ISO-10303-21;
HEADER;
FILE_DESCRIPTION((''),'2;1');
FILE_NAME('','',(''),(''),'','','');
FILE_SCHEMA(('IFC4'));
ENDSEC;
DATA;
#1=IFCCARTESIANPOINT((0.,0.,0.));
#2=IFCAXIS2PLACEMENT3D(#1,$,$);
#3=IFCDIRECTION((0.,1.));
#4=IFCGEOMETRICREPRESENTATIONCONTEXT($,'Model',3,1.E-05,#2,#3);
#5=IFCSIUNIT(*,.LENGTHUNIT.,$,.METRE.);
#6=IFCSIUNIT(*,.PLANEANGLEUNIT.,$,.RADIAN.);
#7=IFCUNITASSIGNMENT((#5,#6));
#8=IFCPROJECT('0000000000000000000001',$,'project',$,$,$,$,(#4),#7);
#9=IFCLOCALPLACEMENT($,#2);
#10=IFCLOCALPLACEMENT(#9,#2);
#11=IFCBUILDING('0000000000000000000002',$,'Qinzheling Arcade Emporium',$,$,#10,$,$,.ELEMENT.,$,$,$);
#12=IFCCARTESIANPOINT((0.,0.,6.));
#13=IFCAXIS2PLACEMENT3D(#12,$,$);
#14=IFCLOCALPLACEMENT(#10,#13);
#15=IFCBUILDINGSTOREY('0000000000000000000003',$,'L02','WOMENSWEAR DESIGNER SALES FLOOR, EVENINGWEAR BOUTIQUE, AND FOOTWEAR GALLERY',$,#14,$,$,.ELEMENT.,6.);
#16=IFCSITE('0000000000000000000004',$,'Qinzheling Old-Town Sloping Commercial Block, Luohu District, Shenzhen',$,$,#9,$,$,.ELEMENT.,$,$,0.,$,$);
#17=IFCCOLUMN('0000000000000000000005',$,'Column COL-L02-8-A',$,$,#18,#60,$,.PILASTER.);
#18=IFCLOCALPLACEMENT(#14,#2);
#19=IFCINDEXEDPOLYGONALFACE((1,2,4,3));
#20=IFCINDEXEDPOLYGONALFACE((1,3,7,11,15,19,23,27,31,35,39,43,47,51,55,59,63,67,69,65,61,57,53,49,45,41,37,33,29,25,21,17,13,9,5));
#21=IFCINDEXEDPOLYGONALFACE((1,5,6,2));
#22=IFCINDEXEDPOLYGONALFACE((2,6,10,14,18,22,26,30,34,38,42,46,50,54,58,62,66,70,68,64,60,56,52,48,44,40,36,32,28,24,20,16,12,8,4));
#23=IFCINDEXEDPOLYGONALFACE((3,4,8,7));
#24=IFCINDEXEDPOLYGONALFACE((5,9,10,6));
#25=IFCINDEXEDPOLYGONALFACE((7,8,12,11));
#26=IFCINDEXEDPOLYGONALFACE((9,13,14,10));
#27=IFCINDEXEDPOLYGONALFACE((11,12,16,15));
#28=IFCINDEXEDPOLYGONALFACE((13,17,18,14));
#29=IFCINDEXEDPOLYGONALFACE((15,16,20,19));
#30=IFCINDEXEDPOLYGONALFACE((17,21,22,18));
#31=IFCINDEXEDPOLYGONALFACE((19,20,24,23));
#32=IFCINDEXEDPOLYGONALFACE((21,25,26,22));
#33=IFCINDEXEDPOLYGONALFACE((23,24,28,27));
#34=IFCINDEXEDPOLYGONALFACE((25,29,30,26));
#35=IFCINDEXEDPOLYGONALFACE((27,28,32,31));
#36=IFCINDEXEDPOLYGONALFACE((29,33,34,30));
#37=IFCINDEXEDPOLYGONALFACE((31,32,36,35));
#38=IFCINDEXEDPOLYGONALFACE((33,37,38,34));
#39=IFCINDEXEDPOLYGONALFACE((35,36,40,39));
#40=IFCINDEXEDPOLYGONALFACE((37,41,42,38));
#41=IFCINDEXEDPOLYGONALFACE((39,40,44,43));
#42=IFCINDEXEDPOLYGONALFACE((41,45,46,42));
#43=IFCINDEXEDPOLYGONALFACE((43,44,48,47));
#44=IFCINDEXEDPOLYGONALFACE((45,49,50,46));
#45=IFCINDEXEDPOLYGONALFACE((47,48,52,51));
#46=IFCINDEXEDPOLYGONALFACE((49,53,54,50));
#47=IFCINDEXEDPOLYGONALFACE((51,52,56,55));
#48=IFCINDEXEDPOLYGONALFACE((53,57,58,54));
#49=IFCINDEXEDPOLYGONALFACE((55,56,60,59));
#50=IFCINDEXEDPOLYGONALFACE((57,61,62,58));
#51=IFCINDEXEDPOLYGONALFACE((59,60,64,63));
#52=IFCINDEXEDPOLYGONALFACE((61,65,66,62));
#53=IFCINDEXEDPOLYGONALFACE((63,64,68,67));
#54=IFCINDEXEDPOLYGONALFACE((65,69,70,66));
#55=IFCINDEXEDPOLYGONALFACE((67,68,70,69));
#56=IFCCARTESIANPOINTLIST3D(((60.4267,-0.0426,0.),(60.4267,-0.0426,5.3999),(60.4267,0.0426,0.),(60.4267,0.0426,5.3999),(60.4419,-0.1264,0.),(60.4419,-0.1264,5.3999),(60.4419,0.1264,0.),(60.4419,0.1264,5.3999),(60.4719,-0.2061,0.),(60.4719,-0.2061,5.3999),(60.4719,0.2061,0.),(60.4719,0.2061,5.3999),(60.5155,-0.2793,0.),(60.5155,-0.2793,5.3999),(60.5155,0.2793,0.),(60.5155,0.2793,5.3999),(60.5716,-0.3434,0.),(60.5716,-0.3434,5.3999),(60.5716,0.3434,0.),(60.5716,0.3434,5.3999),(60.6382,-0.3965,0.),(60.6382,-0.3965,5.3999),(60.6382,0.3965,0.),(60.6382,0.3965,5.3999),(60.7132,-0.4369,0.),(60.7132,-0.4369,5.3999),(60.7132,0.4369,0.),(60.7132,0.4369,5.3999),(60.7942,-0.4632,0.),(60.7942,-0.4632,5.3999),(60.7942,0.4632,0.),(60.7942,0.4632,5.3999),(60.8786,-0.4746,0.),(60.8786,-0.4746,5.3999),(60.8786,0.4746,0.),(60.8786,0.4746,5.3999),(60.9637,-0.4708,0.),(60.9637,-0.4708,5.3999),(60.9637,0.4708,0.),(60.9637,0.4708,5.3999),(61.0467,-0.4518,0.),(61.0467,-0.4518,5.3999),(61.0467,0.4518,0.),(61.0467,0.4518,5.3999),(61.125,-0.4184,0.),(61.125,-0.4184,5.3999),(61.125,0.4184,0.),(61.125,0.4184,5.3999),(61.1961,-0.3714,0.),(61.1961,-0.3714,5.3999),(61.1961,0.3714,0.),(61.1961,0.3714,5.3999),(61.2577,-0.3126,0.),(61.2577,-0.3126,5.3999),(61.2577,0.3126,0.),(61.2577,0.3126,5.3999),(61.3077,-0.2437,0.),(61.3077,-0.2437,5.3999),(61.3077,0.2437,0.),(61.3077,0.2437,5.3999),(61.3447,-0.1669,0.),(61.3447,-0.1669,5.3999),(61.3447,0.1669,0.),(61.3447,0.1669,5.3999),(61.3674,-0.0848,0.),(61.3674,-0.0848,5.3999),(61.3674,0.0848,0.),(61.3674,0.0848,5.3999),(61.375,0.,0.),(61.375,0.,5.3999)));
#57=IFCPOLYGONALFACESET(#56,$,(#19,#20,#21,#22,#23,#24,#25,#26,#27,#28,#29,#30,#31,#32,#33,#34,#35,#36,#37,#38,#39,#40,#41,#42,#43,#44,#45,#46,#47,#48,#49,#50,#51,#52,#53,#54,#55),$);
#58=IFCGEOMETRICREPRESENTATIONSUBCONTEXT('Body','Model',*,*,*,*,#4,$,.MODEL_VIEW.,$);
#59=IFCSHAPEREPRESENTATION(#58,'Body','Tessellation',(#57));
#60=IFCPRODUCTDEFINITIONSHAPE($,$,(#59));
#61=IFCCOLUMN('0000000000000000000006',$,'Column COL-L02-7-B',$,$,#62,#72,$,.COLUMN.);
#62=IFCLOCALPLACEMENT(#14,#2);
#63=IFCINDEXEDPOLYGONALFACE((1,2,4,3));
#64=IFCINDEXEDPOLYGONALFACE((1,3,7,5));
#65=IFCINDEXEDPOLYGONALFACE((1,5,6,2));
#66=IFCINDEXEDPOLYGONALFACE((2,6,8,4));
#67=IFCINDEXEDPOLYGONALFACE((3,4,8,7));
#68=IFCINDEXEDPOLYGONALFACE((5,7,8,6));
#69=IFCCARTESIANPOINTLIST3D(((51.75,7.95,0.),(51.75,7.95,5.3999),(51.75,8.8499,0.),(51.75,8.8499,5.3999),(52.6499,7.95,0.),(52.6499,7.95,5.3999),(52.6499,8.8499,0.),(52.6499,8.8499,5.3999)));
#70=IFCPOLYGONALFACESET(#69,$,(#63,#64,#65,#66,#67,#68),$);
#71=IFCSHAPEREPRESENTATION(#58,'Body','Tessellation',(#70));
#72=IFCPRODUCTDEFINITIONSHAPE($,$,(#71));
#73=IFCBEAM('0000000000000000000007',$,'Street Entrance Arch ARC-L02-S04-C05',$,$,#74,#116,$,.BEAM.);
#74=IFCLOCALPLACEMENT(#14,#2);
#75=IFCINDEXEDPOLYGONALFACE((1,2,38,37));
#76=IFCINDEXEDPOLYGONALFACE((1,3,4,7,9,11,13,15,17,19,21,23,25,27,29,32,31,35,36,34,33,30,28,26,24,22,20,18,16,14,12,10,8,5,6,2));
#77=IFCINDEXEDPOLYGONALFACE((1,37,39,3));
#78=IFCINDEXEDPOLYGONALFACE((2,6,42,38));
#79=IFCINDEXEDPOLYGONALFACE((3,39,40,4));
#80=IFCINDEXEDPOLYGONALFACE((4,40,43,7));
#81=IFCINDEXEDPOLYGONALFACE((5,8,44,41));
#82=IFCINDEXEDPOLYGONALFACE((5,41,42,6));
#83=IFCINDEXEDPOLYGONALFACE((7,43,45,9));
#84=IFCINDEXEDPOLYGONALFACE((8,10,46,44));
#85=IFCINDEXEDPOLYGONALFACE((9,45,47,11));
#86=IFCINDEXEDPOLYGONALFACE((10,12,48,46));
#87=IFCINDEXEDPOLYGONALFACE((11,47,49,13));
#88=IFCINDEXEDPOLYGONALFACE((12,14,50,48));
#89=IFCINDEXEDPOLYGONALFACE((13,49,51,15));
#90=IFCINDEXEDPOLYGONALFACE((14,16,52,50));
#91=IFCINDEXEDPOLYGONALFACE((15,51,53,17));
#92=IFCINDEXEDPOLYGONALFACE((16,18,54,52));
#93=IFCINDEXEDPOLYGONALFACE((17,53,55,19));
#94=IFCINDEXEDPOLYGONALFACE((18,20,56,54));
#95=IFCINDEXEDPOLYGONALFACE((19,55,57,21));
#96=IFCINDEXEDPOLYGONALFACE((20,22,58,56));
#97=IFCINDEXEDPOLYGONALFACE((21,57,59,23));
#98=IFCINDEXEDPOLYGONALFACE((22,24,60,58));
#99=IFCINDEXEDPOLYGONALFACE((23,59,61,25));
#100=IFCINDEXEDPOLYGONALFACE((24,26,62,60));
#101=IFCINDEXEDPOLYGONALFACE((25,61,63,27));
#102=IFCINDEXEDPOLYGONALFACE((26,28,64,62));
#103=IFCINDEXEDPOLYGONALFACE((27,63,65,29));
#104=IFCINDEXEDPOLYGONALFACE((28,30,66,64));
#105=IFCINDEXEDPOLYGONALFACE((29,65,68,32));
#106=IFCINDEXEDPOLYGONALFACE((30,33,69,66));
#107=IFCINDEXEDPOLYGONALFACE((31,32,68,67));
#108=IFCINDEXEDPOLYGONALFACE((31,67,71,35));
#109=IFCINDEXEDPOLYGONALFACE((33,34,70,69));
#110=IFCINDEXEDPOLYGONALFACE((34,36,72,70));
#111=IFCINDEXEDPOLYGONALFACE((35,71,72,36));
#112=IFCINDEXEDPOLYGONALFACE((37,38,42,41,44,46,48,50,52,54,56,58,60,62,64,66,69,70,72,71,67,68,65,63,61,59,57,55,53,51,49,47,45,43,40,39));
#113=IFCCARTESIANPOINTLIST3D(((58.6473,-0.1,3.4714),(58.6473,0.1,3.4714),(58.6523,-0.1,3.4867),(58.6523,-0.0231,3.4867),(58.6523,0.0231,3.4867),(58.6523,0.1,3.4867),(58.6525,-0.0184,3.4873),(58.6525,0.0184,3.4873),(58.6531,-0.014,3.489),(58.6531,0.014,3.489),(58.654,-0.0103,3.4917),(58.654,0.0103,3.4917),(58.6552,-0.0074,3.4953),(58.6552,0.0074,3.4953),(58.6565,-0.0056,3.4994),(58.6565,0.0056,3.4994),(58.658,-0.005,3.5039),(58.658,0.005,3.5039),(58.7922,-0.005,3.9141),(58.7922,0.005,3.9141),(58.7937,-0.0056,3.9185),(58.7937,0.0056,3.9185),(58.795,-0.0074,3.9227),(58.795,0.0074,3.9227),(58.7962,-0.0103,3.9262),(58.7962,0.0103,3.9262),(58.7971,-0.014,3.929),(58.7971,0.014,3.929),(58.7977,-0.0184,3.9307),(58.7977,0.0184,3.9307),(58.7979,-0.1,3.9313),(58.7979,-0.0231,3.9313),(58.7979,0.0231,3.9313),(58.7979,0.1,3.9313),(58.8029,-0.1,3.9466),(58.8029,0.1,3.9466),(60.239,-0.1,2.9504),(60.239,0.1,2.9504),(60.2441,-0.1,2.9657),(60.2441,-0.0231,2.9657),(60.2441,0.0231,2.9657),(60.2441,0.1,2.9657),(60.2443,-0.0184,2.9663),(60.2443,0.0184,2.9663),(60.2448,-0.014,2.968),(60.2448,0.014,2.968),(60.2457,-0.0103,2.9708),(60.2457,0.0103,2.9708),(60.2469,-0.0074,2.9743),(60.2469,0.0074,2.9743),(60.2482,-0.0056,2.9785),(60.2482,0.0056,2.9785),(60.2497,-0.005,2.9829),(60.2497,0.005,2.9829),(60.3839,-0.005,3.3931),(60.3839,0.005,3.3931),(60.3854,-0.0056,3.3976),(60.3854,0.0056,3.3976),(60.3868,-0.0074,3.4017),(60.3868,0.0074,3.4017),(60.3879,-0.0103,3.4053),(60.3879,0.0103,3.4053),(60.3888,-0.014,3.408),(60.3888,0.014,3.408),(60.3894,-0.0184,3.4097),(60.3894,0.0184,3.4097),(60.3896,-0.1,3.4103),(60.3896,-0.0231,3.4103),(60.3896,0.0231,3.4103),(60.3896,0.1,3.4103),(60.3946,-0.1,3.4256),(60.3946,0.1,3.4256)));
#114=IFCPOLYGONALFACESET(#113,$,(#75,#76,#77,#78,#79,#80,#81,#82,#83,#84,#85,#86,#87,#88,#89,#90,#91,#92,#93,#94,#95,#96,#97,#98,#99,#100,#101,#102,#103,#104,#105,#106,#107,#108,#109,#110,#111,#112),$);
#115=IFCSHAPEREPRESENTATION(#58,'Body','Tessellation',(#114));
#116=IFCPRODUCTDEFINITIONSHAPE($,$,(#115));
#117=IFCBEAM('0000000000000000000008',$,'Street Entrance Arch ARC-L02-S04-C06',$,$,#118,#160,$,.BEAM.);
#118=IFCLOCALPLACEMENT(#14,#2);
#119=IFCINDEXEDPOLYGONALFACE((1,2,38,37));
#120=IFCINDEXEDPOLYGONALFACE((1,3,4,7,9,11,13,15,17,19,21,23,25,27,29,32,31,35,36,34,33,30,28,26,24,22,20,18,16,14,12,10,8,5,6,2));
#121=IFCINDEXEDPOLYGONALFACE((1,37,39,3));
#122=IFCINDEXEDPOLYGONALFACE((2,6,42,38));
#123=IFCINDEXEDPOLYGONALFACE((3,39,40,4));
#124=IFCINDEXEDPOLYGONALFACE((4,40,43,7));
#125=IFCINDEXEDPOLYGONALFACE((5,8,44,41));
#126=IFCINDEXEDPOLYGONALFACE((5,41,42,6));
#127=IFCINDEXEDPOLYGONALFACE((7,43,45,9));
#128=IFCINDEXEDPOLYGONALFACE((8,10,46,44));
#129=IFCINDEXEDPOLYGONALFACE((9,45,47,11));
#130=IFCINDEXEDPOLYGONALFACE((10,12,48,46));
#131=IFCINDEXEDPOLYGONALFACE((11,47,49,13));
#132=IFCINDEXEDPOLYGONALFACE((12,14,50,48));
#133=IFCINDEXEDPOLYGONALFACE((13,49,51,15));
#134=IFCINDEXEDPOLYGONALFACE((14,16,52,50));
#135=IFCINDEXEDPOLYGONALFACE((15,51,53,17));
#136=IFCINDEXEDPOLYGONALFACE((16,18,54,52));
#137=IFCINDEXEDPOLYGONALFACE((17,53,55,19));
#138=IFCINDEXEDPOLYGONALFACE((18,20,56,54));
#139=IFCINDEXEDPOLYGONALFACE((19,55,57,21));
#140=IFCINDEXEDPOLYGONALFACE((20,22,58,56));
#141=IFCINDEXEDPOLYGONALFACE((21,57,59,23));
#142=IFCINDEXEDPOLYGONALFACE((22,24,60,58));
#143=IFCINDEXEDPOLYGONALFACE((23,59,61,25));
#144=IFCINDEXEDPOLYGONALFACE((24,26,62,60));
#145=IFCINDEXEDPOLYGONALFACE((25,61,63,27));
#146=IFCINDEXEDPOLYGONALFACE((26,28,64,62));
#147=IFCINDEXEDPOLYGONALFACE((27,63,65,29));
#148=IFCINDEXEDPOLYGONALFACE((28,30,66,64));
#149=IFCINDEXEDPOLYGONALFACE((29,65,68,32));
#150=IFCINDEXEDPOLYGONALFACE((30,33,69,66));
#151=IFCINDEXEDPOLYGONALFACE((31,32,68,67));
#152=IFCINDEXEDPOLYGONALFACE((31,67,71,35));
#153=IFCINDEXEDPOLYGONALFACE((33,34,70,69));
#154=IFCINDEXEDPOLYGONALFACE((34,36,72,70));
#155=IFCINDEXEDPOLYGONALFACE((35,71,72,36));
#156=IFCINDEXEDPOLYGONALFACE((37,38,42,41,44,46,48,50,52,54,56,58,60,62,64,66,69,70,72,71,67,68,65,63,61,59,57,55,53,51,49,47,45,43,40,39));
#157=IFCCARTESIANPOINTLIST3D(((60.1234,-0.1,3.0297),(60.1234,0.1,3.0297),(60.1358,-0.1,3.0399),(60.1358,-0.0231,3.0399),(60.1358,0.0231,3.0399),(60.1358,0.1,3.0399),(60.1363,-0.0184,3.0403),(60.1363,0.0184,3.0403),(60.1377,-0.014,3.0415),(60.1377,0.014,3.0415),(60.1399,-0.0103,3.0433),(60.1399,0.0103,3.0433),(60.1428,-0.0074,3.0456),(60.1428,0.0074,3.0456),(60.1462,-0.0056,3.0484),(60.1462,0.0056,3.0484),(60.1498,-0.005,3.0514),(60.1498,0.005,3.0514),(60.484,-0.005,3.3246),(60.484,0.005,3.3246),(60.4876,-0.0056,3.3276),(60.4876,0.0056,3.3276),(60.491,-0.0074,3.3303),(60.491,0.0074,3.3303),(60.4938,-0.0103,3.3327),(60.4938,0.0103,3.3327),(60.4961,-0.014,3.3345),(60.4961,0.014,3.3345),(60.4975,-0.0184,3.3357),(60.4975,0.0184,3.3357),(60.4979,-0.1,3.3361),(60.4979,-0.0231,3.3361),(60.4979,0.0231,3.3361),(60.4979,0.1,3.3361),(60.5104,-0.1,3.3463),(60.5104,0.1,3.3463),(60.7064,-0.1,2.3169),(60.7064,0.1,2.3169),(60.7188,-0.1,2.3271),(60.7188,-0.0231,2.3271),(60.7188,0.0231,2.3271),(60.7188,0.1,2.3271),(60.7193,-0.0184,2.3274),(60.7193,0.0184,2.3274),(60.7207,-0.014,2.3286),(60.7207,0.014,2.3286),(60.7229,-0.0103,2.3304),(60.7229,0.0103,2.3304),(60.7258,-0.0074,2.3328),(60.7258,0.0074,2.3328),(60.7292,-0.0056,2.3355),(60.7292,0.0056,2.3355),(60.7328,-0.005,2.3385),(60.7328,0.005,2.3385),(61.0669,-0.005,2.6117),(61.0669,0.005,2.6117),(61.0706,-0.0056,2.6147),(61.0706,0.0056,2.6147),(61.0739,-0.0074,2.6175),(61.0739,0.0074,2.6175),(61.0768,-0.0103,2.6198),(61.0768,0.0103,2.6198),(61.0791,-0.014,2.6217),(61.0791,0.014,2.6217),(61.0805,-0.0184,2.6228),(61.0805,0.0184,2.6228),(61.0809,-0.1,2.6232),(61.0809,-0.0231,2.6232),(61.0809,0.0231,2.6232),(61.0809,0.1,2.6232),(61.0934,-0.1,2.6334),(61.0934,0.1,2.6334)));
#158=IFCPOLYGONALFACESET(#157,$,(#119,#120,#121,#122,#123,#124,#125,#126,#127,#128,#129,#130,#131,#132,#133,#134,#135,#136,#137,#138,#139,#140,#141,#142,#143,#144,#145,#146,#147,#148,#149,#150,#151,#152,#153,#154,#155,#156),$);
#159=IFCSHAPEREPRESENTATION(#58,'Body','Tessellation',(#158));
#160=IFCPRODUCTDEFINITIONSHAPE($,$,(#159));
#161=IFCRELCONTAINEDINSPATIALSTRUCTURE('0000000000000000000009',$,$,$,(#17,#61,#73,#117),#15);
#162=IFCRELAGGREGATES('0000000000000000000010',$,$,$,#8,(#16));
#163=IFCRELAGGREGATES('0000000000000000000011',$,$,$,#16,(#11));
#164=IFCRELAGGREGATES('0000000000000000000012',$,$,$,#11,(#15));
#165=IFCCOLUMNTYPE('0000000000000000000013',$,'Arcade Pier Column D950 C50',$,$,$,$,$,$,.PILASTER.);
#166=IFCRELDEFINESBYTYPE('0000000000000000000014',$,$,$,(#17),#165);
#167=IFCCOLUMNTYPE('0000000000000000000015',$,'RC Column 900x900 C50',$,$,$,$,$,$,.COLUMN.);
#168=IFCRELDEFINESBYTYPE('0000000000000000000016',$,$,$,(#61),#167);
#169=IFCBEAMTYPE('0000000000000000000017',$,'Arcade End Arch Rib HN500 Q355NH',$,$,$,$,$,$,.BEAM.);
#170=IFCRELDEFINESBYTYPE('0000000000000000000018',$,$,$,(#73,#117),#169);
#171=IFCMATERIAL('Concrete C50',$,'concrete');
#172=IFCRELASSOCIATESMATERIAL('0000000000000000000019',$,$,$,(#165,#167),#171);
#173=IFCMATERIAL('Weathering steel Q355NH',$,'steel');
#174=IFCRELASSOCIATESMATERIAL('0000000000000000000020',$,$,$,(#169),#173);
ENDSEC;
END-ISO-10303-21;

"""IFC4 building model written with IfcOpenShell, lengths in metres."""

from ifc_helpers import new_model, si_unit, direction, frame, origin, origin_2d, place, context, subcontext, project, spatial, rectangle, circle, i_section, extrude, material, material_profile, profile_set, type_object, element, save


model = new_model("IFC4")

# Units and contexts
model_context = context("Model", 3, precision=1e-05, world=origin(), true_north=direction((0.0, 1.0)))
body_context = subcontext(model_context, "Body", "Model", "MODEL_VIEW")
ifc_project = project(units=[si_unit("LENGTHUNIT", "METRE"), si_unit("PLANEANGLEUNIT", "RADIAN")], contexts=[model_context])

# Site, building, storey
site_placement = place(None, origin())
site = spatial("IfcSite", under=ifc_project, at=site_placement, Name="Qinzheling Old-Town Sloping Commercial Block, Luohu District, Shenzhen", CompositionType="ELEMENT", RefElevation=0.0)
building_placement = place(site_placement, origin())
building = spatial("IfcBuilding", under=site, at=building_placement, Name="Qinzheling Arcade Emporium", CompositionType="ELEMENT")
storey_placement = place(building_placement, frame((0.0, 0.0, 6.0)))
storey = spatial("IfcBuildingStorey", under=building, at=storey_placement, Name="L02", Description="WOMENSWEAR DESIGNER SALES FLOOR, EVENINGWEAR BOUTIQUE, AND FOOTWEAR GALLERY", CompositionType="ELEMENT", Elevation=6.0)

# Columns
ifc_material_1 = material(Name="Concrete C50", Category="concrete")
ifc_material_profile_1 = material_profile(ifc_material_1, circle(Radius=0.4751, at=origin_2d()), Name="RC D950", Category="concrete")
ifc_profile_set_1 = profile_set([ifc_material_profile_1], Name="Concrete C50")
column_type_1 = type_object("IfcColumnType", Name="Arcade Pier Column D950 C50", PredefinedType="PILASTER", material=ifc_profile_set_1)
column_1_placement = place(storey_placement, frame((60.8999, 0.0, 0.0), z_axis=(0.0, 0.0, 1.0), x_axis=(1.0, 0.0, 0.0)))
element("IfcColumn", 1, at=column_1_placement, inside=storey, type_object=column_type_1, Name="Column COL-L02-8-A", PredefinedType="PILASTER", context=body_context, shape_type="SweptSolid", body=[
    extrude(circle(Radius=0.4751, at=origin_2d()), origin(), (0.0, 0.0, 1.0), 5.3999),
])
ifc_material_profile_2 = material_profile(ifc_material_1, rectangle(XDim=0.8999, YDim=0.8999, at=origin_2d()), Name="RC 900x900", Category="concrete")
ifc_profile_set_2 = profile_set([ifc_material_profile_2], Name="Concrete C50")
column_type_2 = type_object("IfcColumnType", Name="RC Column 900x900 C50", PredefinedType="COLUMN", material=ifc_profile_set_2)
column_2_placement = place(storey_placement, frame((52.2, 8.3999, 0.0), z_axis=(0.0, 0.0, 1.0), x_axis=(1.0, 0.0, 0.0)))
element("IfcColumn", 2, at=column_2_placement, inside=storey, type_object=column_type_2, Name="Column COL-L02-7-B", PredefinedType="COLUMN", context=body_context, shape_type="SweptSolid", body=[
    extrude(rectangle(XDim=0.8999, YDim=0.8999, at=origin_2d()), origin(), (0.0, 0.0, 1.0), 5.3999),
])

# Beams
ifc_material_2 = material(Name="Weathering steel Q355NH", Category="steel")
ifc_material_profile_3 = material_profile(ifc_material_2, i_section(OverallWidth=0.2, OverallDepth=0.5, WebThickness=0.01, FlangeThickness=0.0161, FilletRadius=0.0181, at=origin_2d()), Name="HN 500x200x10x16", Category="steel")
ifc_profile_set_3 = profile_set([ifc_material_profile_3], Name="Weathering steel Q355NH")
beam_type_1 = type_object("IfcBeamType", Name="Arcade End Arch Rib HN500 Q355NH", PredefinedType="BEAM", material=ifc_profile_set_3)
beam_1_placement = place(storey_placement, frame((58.7251, 0.0, 3.709), z_axis=(0.950389, 0.0, -0.311063), x_axis=(0.0, 1.0, 0.0)))
element("IfcBeam", 3, at=beam_1_placement, inside=storey, type_object=beam_type_1, Name="Street Entrance Arch ARC-L02-S04-C05", PredefinedType="BEAM", context=body_context, shape_type="SweptSolid", body=[
    extrude(i_section(OverallWidth=0.2, OverallDepth=0.5, WebThickness=0.01, FlangeThickness=0.0161, FilletRadius=0.0181, at=origin_2d()), origin(), (0.0, 0.0, 1.0), 1.6748),
])
beam_2_placement = place(storey_placement, frame((60.3169, 0.0, 3.188), z_axis=(0.633065, 0.0, -0.774099), x_axis=(0.0, 1.0, 0.0)))
element("IfcBeam", 4, at=beam_2_placement, inside=storey, type_object=beam_type_1, Name="Street Entrance Arch ARC-L02-S04-C06", PredefinedType="BEAM", context=body_context, shape_type="SweptSolid", body=[
    extrude(i_section(OverallWidth=0.2, OverallDepth=0.5, WebThickness=0.01, FlangeThickness=0.0161, FilletRadius=0.0181, at=origin_2d()), origin(), (0.0, 0.0, 1.0), 0.9209),
])

save(model, "model.ifc")
